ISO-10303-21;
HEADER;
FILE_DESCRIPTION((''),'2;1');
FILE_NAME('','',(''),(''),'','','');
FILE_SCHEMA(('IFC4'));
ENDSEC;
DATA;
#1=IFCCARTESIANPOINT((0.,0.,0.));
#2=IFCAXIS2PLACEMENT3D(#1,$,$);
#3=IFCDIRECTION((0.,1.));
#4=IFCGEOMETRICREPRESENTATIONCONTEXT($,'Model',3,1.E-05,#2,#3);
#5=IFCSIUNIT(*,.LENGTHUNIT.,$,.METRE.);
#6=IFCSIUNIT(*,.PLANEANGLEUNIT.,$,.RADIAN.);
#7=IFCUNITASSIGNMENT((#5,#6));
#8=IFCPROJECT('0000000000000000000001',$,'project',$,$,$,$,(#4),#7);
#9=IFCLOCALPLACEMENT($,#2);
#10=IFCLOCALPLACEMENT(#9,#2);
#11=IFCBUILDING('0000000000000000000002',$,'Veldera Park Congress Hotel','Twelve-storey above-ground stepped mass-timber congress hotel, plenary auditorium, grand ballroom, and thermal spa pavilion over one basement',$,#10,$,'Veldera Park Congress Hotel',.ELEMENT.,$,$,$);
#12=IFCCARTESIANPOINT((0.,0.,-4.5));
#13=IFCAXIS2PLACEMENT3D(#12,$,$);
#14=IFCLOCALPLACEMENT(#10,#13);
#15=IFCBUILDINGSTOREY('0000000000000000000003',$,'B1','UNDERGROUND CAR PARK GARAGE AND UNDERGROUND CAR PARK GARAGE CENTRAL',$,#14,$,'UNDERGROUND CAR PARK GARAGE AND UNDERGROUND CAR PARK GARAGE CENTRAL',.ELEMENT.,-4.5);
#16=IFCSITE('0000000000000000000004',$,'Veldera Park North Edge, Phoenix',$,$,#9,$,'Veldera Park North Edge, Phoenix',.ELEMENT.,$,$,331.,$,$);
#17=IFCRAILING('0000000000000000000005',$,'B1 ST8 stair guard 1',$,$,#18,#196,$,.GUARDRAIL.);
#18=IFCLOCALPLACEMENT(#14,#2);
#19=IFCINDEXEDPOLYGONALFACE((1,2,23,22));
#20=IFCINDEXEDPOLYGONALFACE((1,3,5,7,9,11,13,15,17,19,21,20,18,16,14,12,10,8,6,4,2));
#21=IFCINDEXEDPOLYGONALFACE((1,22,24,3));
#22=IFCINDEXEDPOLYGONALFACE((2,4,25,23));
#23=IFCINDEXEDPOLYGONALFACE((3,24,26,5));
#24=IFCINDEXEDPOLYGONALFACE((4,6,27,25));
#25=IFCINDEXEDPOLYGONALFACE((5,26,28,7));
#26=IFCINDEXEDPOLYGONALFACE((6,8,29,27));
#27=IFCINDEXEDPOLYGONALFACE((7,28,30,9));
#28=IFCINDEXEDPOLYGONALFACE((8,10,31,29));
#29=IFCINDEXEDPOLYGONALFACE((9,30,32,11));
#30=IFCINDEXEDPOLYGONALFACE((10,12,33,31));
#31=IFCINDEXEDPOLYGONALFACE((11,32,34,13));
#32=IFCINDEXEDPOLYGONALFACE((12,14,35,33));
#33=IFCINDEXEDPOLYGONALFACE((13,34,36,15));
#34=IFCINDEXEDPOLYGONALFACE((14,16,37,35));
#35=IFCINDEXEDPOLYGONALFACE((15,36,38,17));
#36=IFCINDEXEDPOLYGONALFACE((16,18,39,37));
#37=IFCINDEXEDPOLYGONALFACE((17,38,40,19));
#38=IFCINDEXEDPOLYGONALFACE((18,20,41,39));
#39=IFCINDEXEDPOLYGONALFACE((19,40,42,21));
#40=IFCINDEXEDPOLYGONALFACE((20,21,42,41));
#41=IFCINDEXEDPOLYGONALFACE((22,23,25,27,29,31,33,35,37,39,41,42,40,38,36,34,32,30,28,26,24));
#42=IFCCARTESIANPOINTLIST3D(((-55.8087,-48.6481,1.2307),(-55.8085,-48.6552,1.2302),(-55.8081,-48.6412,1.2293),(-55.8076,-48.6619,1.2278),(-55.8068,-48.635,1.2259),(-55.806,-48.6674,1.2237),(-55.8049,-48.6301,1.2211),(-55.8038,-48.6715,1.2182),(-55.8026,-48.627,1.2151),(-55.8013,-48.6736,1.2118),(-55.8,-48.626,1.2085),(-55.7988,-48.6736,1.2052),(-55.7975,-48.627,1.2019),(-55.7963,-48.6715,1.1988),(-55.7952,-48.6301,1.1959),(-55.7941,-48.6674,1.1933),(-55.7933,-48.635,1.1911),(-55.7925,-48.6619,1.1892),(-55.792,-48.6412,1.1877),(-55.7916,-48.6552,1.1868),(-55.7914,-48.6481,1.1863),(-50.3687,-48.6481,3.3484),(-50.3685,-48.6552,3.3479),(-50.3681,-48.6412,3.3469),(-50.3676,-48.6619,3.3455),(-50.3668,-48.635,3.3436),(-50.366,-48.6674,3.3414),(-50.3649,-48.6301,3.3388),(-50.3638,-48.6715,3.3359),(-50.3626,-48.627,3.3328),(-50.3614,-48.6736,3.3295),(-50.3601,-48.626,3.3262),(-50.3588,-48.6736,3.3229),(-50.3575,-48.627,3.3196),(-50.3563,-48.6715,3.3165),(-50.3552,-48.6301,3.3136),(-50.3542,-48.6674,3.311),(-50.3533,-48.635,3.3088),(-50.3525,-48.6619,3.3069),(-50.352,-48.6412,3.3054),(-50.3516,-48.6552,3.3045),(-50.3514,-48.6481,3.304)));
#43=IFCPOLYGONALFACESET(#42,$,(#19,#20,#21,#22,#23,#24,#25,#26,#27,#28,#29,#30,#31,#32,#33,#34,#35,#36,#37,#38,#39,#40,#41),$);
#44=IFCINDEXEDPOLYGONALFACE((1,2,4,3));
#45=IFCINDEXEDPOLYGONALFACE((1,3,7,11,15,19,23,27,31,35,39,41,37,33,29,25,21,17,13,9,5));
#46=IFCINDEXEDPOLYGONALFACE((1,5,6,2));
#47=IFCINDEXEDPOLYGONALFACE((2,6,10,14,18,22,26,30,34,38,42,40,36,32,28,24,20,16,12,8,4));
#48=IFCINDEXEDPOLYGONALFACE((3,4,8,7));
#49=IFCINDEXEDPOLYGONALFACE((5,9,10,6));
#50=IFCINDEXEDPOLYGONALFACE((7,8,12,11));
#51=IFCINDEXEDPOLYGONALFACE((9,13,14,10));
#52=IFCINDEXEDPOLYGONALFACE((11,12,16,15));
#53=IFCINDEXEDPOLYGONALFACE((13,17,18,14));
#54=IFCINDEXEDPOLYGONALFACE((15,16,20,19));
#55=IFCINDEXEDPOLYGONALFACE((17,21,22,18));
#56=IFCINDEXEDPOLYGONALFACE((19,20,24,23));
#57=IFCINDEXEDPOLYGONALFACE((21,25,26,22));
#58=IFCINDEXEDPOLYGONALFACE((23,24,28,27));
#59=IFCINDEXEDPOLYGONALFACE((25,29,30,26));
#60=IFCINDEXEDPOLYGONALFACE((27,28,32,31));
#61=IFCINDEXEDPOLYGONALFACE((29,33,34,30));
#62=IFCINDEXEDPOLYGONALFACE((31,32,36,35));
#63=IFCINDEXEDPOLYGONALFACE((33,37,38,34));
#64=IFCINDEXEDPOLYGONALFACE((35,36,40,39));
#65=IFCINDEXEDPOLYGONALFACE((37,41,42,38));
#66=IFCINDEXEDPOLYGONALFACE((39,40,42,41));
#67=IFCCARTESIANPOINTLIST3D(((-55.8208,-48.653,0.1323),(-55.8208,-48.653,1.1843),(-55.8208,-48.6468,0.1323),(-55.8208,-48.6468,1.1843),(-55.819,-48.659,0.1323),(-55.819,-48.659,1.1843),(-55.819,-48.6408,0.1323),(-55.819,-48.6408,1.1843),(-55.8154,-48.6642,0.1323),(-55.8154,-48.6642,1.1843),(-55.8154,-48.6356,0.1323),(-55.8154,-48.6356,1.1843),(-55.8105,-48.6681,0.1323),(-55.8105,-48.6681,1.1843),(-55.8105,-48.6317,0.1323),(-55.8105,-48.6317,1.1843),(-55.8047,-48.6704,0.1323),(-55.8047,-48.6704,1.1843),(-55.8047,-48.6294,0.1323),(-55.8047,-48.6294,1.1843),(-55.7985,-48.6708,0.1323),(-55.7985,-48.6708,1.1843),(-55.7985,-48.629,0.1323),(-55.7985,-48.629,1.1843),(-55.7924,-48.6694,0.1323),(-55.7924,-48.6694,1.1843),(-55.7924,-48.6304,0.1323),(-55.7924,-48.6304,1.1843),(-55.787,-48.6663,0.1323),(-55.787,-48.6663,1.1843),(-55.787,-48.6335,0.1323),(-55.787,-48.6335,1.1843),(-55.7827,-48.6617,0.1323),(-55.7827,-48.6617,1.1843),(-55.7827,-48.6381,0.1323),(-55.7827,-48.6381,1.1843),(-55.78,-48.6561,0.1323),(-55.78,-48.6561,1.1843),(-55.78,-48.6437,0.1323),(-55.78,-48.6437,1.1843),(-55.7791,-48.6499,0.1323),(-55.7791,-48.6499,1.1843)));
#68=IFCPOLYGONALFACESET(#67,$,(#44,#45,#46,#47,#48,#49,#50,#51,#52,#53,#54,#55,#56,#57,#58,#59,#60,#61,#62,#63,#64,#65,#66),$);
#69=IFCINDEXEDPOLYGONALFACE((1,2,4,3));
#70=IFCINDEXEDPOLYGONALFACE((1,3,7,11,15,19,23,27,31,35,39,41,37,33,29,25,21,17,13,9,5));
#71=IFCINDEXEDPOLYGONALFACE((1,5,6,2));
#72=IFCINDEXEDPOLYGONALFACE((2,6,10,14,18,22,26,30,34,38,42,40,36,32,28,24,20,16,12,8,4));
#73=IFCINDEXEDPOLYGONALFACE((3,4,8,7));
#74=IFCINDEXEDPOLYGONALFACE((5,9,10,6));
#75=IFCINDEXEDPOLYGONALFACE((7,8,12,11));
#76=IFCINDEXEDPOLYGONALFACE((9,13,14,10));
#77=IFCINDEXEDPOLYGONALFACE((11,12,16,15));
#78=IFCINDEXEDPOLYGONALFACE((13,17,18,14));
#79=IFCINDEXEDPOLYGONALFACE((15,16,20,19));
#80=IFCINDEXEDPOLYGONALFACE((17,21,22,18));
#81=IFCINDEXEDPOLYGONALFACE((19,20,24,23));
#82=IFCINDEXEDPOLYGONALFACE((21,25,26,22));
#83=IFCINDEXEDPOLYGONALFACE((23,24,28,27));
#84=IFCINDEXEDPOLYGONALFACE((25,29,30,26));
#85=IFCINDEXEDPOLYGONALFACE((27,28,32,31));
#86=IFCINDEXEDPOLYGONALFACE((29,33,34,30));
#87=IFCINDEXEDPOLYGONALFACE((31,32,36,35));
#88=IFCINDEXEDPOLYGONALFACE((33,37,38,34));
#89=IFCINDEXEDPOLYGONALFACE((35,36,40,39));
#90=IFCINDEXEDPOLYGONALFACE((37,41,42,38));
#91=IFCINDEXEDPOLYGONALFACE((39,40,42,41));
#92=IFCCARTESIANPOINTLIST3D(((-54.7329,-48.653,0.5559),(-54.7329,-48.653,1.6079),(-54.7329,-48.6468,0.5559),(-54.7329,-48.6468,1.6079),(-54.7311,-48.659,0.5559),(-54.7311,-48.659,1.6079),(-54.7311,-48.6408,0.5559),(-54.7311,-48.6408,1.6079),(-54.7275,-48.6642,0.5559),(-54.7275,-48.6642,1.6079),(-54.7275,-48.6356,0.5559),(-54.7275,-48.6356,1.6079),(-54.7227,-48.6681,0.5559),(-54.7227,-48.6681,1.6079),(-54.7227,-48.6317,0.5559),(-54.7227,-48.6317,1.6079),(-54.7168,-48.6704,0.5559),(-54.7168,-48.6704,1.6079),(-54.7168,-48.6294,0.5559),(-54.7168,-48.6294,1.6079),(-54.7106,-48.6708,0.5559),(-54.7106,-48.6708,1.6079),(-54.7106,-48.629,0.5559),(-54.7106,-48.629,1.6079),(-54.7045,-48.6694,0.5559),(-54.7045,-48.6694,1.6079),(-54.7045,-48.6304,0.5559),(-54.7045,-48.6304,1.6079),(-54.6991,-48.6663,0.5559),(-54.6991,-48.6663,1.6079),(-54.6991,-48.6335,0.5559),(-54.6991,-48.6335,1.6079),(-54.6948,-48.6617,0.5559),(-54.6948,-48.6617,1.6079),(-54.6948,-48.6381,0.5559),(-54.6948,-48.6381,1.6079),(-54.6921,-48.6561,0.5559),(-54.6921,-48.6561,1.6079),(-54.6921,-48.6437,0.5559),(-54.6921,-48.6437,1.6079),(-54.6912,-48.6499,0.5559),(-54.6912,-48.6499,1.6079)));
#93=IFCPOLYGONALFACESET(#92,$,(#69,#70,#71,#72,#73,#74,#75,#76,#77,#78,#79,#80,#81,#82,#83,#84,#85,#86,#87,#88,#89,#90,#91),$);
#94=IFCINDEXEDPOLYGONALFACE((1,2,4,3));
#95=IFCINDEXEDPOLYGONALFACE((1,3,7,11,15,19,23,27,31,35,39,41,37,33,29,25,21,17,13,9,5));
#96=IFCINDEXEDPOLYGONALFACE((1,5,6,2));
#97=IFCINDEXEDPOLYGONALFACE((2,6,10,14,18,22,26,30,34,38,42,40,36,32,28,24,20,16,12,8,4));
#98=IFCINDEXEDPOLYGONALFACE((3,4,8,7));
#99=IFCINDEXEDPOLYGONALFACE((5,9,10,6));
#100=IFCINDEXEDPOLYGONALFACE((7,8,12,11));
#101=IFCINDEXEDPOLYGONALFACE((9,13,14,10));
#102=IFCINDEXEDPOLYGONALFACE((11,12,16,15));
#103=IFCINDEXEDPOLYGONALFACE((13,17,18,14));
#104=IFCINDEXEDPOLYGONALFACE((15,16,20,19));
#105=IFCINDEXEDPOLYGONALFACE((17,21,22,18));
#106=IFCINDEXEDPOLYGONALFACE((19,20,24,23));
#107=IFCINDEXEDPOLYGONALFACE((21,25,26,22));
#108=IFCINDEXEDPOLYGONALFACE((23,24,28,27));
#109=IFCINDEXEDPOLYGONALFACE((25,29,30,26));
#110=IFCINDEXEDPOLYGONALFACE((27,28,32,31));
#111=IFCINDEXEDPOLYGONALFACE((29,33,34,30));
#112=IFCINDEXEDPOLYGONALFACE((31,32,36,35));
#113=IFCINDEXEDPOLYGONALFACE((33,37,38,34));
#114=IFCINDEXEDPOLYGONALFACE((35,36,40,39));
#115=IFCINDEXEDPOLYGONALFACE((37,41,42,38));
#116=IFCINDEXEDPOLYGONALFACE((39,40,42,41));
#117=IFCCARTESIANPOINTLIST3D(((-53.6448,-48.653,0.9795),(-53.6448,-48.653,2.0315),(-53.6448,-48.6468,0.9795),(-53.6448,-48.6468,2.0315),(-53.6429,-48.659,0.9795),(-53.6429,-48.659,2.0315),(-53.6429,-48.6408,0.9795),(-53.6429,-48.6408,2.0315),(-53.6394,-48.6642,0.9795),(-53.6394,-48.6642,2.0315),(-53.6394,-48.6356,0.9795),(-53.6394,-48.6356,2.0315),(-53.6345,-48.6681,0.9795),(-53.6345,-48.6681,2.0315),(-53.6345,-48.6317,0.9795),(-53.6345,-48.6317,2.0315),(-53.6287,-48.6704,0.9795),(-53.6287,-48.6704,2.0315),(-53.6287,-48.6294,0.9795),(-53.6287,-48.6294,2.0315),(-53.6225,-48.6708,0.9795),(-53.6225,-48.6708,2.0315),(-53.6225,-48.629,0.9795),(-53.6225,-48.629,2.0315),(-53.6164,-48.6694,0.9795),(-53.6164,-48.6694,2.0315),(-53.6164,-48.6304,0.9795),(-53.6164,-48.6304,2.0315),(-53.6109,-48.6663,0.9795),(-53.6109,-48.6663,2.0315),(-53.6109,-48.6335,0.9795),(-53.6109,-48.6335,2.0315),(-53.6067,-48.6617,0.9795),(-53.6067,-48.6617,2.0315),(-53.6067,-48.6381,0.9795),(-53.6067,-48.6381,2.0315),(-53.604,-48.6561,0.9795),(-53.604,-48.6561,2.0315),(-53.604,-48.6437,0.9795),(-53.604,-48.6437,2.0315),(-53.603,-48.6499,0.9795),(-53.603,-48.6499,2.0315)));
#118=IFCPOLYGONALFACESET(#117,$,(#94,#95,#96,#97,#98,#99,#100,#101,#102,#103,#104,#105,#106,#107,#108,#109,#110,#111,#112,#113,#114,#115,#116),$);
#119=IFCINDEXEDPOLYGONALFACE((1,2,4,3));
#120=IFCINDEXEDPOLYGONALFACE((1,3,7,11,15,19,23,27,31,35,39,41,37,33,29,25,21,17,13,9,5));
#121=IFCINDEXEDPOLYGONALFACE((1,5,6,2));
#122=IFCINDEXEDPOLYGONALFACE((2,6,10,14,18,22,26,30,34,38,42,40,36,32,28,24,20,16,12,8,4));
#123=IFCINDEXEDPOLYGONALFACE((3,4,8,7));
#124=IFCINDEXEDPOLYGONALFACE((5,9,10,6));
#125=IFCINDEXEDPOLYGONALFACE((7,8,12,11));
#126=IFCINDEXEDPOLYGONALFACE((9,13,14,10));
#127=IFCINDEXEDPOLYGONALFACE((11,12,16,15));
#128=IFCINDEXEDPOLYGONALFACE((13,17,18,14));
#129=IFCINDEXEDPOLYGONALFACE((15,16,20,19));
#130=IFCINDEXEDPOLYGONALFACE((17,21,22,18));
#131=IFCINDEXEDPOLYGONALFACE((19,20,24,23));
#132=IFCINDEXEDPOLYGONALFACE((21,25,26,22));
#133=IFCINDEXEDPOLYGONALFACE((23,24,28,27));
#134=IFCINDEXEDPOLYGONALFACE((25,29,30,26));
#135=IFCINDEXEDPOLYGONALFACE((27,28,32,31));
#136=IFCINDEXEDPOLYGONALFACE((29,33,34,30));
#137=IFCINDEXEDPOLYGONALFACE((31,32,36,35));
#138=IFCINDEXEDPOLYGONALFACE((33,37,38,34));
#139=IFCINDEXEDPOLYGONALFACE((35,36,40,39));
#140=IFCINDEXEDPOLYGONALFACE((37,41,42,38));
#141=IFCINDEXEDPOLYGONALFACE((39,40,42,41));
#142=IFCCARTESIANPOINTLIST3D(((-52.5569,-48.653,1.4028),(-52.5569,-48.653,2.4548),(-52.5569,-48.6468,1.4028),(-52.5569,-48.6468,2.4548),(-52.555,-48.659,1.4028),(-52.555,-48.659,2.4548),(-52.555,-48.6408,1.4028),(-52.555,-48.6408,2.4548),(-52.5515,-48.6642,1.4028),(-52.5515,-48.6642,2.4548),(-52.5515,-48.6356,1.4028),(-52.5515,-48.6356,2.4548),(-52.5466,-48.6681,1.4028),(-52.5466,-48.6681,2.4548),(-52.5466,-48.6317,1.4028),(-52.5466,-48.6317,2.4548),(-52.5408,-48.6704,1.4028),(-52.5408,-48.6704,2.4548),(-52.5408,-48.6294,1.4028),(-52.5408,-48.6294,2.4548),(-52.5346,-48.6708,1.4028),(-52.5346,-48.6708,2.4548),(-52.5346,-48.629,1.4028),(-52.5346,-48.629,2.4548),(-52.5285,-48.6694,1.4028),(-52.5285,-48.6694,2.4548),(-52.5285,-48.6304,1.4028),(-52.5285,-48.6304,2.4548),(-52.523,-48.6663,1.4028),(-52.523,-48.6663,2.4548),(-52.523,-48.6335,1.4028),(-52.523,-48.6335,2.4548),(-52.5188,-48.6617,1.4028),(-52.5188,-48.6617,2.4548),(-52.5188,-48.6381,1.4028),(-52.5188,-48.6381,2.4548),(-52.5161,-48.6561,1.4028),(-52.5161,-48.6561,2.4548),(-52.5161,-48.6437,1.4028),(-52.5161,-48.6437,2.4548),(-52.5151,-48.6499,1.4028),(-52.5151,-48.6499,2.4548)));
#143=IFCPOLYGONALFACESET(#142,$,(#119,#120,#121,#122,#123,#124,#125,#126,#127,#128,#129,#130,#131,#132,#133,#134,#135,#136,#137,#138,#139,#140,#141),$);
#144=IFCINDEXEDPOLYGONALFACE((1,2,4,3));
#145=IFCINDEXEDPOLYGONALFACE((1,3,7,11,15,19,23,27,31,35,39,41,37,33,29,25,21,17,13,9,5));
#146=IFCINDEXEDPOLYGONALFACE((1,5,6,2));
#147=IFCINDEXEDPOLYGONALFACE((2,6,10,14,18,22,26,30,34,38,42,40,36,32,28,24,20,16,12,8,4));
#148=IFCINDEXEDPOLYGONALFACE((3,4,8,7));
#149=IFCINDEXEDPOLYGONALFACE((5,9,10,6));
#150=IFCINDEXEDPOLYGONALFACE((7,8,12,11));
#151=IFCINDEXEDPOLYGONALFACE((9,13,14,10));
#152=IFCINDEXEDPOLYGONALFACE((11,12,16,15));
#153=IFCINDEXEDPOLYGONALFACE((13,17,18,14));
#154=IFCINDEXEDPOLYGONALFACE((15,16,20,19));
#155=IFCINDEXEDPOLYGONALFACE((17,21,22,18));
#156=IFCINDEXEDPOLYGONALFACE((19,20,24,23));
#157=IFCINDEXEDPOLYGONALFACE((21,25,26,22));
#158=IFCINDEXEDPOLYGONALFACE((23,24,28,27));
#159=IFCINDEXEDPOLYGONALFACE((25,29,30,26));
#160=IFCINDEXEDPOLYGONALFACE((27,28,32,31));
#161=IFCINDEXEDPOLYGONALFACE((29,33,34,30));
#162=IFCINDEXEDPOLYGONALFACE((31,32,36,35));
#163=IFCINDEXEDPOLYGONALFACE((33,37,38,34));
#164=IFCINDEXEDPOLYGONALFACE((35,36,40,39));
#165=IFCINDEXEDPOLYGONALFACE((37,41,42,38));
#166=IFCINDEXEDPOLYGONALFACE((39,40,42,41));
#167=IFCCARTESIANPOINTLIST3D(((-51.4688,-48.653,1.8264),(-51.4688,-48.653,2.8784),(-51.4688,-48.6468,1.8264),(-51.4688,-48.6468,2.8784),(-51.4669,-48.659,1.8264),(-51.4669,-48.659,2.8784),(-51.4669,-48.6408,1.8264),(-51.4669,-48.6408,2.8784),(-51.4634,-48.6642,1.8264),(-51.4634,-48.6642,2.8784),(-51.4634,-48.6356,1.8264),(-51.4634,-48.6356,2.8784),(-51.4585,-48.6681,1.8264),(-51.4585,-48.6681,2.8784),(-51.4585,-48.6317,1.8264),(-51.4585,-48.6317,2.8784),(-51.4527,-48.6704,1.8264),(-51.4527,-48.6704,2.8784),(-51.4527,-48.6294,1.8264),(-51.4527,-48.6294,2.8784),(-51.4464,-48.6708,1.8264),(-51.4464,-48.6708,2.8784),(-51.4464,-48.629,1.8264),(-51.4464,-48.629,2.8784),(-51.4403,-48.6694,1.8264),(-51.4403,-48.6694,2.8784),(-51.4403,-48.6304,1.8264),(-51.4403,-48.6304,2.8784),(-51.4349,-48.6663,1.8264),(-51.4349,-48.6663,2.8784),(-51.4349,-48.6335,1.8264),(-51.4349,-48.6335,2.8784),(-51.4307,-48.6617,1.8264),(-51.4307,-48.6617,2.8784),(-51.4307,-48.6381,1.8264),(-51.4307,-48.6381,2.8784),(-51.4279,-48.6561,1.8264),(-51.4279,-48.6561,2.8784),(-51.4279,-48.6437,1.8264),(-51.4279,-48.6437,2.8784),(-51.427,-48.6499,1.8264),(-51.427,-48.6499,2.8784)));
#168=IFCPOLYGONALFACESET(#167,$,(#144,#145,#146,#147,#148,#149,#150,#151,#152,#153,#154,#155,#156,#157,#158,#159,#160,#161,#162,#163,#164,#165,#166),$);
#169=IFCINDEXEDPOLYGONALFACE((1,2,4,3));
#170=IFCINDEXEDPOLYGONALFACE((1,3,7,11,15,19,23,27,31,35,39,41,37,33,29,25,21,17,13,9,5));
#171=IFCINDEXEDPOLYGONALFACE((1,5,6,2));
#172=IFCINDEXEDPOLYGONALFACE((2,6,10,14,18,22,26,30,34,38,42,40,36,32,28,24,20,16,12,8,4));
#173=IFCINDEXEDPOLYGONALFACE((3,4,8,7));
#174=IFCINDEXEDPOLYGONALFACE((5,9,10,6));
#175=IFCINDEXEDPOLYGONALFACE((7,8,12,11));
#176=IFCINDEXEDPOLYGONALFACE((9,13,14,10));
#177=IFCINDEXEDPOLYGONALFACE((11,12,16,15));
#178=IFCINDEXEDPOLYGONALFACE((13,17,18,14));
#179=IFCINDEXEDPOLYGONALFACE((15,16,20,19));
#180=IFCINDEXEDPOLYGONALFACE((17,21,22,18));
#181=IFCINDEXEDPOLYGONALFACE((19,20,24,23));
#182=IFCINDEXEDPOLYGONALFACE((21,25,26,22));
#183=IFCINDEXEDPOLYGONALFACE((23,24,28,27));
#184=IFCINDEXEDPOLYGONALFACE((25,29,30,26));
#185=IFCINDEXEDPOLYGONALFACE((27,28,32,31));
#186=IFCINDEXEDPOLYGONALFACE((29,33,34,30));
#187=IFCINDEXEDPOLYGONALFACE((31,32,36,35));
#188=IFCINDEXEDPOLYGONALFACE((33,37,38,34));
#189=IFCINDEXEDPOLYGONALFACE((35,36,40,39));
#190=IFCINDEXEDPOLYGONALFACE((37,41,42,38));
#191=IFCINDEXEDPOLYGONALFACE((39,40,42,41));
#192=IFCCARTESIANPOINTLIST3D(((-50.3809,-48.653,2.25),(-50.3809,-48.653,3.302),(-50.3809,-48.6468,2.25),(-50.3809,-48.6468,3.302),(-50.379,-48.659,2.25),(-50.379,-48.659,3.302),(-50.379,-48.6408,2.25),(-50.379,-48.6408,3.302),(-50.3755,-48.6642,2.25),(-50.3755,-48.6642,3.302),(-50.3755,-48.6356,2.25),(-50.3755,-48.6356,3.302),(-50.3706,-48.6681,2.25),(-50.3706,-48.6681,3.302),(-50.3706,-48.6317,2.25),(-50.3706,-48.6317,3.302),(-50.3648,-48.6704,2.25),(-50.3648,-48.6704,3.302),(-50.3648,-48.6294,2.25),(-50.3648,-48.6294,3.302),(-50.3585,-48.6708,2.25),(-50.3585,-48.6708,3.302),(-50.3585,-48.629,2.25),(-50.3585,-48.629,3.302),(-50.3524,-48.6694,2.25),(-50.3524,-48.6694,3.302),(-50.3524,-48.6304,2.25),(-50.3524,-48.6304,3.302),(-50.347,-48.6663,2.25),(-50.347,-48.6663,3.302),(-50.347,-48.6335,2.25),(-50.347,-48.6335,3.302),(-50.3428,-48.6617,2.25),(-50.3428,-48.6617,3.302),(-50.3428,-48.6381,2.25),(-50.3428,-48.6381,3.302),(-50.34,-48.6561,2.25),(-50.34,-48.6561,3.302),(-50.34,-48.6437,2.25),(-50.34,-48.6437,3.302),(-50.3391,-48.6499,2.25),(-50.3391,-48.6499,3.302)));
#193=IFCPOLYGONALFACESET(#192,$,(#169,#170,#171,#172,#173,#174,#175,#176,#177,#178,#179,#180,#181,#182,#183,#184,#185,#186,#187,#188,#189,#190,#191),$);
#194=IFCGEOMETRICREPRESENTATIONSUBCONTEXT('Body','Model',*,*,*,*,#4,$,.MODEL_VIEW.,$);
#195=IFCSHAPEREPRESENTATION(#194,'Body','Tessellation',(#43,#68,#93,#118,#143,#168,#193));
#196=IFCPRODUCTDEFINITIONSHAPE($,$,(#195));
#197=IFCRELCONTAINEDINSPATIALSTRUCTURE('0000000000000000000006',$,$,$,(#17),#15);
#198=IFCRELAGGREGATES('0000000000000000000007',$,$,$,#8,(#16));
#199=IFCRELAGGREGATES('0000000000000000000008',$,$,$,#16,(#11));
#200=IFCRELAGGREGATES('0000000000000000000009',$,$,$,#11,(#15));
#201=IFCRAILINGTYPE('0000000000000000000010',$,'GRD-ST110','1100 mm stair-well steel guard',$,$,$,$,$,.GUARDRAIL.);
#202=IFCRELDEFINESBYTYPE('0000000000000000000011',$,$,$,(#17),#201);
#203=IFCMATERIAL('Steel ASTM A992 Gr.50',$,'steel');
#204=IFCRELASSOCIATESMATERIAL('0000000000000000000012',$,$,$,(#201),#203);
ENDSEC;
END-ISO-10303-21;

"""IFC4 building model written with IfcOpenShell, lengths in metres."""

from ifc_helpers import new_model, si_unit, direction, frame, origin, origin_2d, place, context, subcontext, project, spatial, circle, extrude, material, type_object, element, save


model = new_model("IFC4")

# Units and contexts
model_context = context("Model", 3, precision=1e-05, world=origin(), true_north=direction((0.0, 1.0)))
body_context = subcontext(model_context, "Body", "Model", "MODEL_VIEW")
ifc_project = project(units=[si_unit("LENGTHUNIT", "METRE"), si_unit("PLANEANGLEUNIT", "RADIAN")], contexts=[model_context])

# Site, building, storey
site_placement = place(None, origin())
site = spatial("IfcSite", under=ifc_project, at=site_placement, Name="Veldera Park North Edge, Phoenix", LongName="Veldera Park North Edge, Phoenix", CompositionType="ELEMENT", RefElevation=331.0)
building_placement = place(site_placement, origin())
building = spatial("IfcBuilding", under=site, at=building_placement, Name="Veldera Park Congress Hotel", Description="Twelve-storey above-ground stepped mass-timber congress hotel, plenary auditorium, grand ballroom, and thermal spa pavilion over one basement", LongName="Veldera Park Congress Hotel", CompositionType="ELEMENT")
storey_placement = place(building_placement, frame((0.0, 0.0, -4.5)))
storey = spatial("IfcBuildingStorey", under=building, at=storey_placement, Name="B1", Description="UNDERGROUND CAR PARK GARAGE AND UNDERGROUND CAR PARK GARAGE CENTRAL", LongName="UNDERGROUND CAR PARK GARAGE AND UNDERGROUND CAR PARK GARAGE CENTRAL", CompositionType="ELEMENT", Elevation=-4.5)

# Shared definitions
ifc_material_1 = material(Name="Steel ASTM A992 Gr.50", Category="steel")

# Railing
railing_type_1 = type_object("IfcRailingType", Name="GRD-ST110", Description="1100 mm stair-well steel guard", PredefinedType="GUARDRAIL", material=ifc_material_1)
railing_1_placement = place(storey_placement, frame((-55.8, -48.6499, 0.1323)))
element("IfcRailing", 1, at=railing_1_placement, inside=storey, type_object=railing_type_1, Name="B1 ST8 stair guard 1", PredefinedType="GUARDRAIL", context=body_context, shape_type="SweptSolid", body=[
    extrude(circle(Radius=0.0239, at=origin_2d()), frame((0.0, 0.0, 1.0762), z_axis=(0.931881, 0.0, 0.362765), x_axis=(0.0, 1.0, 0.0)), (0.0, 0.0, 1.0), 5.8376),
    extrude(circle(Radius=0.021, at=origin_2d()), origin(), (0.0, 0.0, 1.0), 1.052),
    extrude(circle(Radius=0.021, at=origin_2d()), frame((1.0879, 0.0, 0.4236)), (0.0, 0.0, 1.0), 1.052),
    extrude(circle(Radius=0.021, at=origin_2d()), frame((2.176, 0.0, 0.8472)), (0.0, 0.0, 1.0), 1.052),
    extrude(circle(Radius=0.021, at=origin_2d()), frame((3.2639, 0.0, 1.2705)), (0.0, 0.0, 1.0), 1.052),
    extrude(circle(Radius=0.021, at=origin_2d()), frame((4.3521, 0.0, 1.6941)), (0.0, 0.0, 1.0), 1.052),
    extrude(circle(Radius=0.021, at=origin_2d()), frame((5.4399, 0.0, 2.1177)), (0.0, 0.0, 1.0), 1.052),
])

save(model, "model.ifc")
